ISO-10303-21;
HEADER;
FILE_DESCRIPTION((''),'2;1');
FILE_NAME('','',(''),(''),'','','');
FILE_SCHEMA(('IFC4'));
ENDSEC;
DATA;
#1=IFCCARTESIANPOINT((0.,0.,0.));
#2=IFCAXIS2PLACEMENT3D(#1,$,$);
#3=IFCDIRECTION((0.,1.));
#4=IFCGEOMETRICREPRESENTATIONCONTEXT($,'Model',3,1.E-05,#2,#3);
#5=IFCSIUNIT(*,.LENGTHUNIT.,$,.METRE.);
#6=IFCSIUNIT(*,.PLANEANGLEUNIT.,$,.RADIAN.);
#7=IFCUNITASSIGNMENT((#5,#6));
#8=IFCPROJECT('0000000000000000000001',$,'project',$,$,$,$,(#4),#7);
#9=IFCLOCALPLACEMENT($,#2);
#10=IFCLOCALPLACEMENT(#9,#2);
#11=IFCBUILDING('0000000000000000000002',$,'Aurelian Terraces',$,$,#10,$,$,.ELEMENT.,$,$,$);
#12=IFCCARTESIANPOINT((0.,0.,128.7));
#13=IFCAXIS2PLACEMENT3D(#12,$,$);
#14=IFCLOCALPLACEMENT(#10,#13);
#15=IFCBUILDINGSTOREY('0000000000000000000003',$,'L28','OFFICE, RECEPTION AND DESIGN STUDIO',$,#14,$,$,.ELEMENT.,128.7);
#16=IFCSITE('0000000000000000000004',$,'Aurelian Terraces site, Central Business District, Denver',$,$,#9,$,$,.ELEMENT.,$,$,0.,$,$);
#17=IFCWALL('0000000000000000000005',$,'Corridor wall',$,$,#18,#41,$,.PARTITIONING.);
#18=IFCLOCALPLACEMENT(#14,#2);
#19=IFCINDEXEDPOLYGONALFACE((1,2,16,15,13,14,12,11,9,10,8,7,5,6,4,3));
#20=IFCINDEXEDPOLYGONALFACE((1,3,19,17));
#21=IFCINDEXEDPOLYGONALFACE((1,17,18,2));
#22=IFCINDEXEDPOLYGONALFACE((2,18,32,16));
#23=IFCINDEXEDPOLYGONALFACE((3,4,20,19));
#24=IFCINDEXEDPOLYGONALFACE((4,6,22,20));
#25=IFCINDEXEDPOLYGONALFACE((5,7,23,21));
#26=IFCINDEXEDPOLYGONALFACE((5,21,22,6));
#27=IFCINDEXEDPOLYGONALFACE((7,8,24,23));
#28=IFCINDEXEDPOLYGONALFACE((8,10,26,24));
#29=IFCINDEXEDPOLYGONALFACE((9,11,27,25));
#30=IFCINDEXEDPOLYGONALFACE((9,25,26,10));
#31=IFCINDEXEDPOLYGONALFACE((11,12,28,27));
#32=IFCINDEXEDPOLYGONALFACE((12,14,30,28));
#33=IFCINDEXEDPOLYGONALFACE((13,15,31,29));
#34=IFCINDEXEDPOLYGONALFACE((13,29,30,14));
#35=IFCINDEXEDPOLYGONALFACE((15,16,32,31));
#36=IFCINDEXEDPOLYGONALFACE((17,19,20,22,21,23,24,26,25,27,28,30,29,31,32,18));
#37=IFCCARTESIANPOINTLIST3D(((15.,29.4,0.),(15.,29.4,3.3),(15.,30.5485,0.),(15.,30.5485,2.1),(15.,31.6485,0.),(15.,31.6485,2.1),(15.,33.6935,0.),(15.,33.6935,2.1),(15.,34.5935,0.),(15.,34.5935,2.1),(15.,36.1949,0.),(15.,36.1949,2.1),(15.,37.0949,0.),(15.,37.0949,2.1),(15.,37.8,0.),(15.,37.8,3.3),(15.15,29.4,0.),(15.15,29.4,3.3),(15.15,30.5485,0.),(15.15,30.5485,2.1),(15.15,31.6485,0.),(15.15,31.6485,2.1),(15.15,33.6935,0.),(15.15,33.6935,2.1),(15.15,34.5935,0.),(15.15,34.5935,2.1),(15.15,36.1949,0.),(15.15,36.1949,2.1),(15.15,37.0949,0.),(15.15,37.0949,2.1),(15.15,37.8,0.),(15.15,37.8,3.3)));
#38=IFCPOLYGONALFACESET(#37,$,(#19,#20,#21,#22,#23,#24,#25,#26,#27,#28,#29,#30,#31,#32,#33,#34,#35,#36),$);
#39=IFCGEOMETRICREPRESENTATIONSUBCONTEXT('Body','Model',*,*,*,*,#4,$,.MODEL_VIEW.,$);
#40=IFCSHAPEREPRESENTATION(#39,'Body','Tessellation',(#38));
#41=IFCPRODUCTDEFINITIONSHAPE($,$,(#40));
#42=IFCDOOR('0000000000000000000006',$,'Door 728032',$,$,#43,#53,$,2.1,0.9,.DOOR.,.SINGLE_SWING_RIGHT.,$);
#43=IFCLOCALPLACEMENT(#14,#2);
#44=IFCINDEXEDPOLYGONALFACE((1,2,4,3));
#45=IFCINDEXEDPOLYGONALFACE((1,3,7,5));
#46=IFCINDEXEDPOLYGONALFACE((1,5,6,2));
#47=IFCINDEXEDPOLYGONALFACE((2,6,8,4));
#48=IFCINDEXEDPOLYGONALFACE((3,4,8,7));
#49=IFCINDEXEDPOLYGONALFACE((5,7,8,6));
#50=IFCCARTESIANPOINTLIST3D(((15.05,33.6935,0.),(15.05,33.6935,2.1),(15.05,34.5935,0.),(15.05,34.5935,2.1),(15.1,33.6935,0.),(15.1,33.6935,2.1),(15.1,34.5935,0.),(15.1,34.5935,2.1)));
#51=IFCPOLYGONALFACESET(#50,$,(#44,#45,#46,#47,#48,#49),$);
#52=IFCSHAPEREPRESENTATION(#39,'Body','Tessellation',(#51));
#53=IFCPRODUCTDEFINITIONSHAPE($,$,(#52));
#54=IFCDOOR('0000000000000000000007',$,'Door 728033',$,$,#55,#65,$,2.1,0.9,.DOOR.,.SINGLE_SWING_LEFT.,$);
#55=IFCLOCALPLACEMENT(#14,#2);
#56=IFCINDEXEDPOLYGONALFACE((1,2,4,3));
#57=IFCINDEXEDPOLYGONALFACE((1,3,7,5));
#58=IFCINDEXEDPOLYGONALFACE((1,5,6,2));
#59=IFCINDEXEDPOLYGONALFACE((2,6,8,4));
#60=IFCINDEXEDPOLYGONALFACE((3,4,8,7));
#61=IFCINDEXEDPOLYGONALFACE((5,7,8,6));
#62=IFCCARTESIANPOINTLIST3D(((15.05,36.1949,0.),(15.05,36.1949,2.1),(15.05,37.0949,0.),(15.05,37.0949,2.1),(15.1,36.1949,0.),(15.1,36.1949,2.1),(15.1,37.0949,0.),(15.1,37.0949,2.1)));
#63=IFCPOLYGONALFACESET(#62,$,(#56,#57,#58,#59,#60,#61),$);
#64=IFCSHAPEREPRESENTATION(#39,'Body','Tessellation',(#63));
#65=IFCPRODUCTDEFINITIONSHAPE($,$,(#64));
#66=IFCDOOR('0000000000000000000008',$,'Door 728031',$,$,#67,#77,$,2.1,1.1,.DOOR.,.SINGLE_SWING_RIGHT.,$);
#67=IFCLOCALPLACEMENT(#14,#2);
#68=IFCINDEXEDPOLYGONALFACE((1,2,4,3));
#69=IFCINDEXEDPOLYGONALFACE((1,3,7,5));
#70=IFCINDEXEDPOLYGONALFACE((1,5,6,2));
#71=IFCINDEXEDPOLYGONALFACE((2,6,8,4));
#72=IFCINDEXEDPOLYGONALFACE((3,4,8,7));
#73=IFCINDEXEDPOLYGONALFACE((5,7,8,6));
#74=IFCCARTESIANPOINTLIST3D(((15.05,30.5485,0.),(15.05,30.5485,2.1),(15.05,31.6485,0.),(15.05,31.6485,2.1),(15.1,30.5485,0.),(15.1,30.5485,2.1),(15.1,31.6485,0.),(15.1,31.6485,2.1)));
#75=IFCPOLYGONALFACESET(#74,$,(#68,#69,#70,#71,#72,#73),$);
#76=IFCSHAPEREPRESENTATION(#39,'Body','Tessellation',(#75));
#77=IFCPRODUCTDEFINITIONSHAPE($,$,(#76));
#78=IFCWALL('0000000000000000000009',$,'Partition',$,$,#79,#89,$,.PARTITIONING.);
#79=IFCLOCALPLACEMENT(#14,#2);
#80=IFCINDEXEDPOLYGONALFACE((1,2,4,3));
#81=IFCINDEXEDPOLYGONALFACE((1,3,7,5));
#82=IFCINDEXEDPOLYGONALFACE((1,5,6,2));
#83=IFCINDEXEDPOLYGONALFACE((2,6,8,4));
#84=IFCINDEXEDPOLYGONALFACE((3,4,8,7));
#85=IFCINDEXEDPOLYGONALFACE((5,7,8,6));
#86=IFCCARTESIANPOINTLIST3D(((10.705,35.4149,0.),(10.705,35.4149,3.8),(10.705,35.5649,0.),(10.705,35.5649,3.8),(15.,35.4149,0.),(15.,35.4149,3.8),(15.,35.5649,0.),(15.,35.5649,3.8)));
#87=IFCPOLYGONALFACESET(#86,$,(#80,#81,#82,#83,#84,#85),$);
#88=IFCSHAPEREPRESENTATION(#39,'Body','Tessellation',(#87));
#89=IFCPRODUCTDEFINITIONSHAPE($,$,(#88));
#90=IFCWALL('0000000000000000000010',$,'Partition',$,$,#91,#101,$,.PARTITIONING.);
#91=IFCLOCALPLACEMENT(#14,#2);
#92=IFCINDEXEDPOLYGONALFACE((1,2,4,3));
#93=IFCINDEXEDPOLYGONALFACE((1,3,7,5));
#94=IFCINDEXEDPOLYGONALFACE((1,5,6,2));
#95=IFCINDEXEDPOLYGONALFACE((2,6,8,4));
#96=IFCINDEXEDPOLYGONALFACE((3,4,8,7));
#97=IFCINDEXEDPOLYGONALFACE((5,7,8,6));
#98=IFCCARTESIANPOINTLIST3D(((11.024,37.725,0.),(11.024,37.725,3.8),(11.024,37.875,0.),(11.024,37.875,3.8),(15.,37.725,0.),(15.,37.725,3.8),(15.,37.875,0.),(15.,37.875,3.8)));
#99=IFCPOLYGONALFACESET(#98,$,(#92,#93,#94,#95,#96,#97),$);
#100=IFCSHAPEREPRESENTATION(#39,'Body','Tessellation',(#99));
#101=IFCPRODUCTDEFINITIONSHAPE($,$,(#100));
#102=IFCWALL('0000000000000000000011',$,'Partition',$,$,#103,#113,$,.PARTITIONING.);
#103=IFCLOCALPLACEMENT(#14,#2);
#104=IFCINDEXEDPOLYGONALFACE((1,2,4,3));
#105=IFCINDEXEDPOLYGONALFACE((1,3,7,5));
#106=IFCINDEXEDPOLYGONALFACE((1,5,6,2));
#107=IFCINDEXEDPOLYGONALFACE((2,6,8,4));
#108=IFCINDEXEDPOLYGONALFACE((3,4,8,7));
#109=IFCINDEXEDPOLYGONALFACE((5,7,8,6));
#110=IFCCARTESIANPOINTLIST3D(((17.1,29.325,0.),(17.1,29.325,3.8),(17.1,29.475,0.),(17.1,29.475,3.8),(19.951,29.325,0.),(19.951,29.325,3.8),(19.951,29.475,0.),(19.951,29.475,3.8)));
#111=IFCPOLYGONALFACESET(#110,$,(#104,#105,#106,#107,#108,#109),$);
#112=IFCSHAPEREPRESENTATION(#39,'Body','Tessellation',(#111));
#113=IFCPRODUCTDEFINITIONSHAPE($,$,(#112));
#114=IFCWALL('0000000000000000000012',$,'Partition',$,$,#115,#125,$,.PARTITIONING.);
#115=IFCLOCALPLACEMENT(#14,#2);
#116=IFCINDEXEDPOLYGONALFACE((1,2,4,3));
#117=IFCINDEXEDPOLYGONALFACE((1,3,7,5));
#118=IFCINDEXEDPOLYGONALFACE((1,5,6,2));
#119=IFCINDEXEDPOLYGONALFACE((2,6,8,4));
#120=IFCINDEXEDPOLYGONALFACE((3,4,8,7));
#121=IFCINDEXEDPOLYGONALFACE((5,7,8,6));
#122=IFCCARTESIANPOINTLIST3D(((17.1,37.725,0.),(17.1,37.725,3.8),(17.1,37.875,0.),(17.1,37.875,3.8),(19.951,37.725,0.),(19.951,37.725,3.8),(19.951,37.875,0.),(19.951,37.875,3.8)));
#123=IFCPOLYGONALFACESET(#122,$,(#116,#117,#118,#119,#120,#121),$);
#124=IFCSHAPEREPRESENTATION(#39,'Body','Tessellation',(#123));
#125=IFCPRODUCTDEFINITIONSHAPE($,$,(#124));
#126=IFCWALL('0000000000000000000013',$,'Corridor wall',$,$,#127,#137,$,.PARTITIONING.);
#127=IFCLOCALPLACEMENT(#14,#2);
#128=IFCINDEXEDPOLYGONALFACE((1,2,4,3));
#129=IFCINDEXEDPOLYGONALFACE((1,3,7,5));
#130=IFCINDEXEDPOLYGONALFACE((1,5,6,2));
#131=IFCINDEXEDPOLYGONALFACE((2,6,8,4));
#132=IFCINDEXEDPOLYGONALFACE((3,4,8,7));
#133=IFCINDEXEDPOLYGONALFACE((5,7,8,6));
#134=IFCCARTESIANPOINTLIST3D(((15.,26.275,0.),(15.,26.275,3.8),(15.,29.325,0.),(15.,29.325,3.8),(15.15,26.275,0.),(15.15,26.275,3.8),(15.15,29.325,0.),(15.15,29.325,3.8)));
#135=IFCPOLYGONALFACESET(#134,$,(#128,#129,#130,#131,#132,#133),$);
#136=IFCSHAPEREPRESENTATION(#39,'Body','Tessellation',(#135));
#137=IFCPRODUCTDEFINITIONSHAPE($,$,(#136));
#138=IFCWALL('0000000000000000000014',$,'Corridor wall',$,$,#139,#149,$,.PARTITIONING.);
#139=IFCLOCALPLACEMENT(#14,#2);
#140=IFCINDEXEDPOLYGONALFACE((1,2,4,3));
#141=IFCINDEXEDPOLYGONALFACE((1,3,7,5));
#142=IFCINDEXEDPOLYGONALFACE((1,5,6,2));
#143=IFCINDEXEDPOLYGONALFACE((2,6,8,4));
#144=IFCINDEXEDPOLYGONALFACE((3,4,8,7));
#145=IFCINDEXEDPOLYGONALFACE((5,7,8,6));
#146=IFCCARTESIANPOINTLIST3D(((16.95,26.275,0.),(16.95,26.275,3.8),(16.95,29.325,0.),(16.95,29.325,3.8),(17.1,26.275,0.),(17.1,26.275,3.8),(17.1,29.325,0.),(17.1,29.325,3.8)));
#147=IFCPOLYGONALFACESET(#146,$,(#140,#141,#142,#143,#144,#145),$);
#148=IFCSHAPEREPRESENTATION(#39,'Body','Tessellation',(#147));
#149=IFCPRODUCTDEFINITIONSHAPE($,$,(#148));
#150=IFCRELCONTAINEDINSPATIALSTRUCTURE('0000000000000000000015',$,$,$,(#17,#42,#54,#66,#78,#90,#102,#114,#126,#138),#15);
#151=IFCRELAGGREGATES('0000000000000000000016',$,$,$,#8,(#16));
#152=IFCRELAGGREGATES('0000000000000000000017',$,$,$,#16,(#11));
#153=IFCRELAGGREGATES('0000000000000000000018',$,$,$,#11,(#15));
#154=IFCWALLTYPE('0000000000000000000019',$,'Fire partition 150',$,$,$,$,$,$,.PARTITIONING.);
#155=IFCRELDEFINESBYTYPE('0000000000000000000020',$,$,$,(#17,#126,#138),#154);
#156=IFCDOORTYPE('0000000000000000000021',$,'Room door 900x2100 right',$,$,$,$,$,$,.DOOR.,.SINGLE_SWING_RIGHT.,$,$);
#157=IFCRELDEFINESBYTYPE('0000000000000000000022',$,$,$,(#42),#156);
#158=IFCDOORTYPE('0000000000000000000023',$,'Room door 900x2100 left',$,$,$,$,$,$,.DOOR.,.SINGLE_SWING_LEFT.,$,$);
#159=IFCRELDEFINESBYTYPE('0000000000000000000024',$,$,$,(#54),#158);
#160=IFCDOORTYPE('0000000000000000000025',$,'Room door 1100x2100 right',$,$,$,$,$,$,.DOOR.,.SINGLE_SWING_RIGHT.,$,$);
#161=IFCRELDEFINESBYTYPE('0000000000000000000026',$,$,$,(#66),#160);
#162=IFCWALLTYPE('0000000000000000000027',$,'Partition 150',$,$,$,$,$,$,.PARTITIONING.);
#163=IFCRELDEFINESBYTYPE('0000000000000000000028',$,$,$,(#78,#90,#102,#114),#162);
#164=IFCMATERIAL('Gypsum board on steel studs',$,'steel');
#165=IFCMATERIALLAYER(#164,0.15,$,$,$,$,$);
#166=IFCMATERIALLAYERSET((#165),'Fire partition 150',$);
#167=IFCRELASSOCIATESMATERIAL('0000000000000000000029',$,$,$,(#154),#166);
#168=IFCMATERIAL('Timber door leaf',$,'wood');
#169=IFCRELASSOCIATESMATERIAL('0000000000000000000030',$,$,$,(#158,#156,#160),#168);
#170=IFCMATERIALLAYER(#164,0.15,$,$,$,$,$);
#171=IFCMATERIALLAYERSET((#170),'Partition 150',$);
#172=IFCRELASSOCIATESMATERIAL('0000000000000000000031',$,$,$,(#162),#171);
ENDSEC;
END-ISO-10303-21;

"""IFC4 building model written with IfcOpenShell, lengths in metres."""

from ifc_helpers import new_model, si_unit, direction, frame, frame_2d, origin, place, context, subcontext, project, spatial, rectangle, extrude, source, transform, mapped, material, layer, layer_set, type_object, element, fill, save


model = new_model("IFC4")

# Units and contexts
model_context = context("Model", 3, precision=1e-05, world=origin(), true_north=direction((0.0, 1.0)))
body_context = subcontext(model_context, "Body", "Model", "MODEL_VIEW")
ifc_project = project(units=[si_unit("LENGTHUNIT", "METRE"), si_unit("PLANEANGLEUNIT", "RADIAN")], contexts=[model_context])

# Site, building, storey
site_placement = place(None, origin())
site = spatial("IfcSite", under=ifc_project, at=site_placement, Name="Aurelian Terraces site, Central Business District, Denver", CompositionType="ELEMENT", RefElevation=0.0)
building_placement = place(site_placement, origin())
building = spatial("IfcBuilding", under=site, at=building_placement, Name="Aurelian Terraces", CompositionType="ELEMENT")
storey_placement = place(building_placement, frame((0.0, 0.0, 128.7)))
storey = spatial("IfcBuildingStorey", under=building, at=storey_placement, Name="L28", Description="OFFICE, RECEPTION AND DESIGN STUDIO", CompositionType="ELEMENT", Elevation=128.7)

# Shared definitions
ifc_material_1 = material(Name="Gypsum board on steel studs", Category="steel")
ifc_layer_1 = layer(ifc_material_1, 0.15)
ifc_layer_set_1 = layer_set([ifc_layer_1], Name="Fire partition 150")
wall_type_1 = type_object("IfcWallType", Name="Fire partition 150", PredefinedType="PARTITIONING", material=ifc_layer_set_1)
shared_shape_1 = source(origin(), body_context, "Body", "SweptSolid", [
    extrude(rectangle(XDim=0.9, YDim=2.1, at=frame_2d((0.45, 1.05))), frame((0.0, 0.085, 0.0), z_axis=(0.0, -1.0, 0.0), x_axis=(1.0, 0.0, 0.0)), (0.0, 0.0, 1.0), 0.17),
])
ifc_material_2 = material(Name="Timber door leaf", Category="wood")
door_type_1 = type_object("IfcDoorType", Name="Room door 900x2100 left", OperationType="SINGLE_SWING_LEFT", PredefinedType="DOOR", material=ifc_material_2)
shared_shape_2 = source(origin(), body_context, "Body", "SweptSolid", [
    extrude(rectangle(XDim=0.9, YDim=2.1, at=frame_2d((0.45, 1.05))), frame((0.0, 0.025, 0.0), z_axis=(0.0, -1.0, 0.0), x_axis=(1.0, 0.0, 0.0)), (0.0, 0.0, 1.0), 0.05),
])
ifc_layer_2 = layer(ifc_material_1, 0.15)
ifc_layer_set_2 = layer_set([ifc_layer_2], Name="Partition 150")
wall_type_2 = type_object("IfcWallType", Name="Partition 150", PredefinedType="PARTITIONING", material=ifc_layer_set_2)
door_type_2 = type_object("IfcDoorType", Name="Room door 900x2100 right", OperationType="SINGLE_SWING_RIGHT", PredefinedType="DOOR", material=ifc_material_2)

# Wall, openings, doors
shared_shape_3 = source(origin(), body_context, "Body", "SweptSolid", [
    extrude(rectangle(XDim=8.4, YDim=0.15, at=frame_2d((4.2, 0.0))), origin(), (0.0, 0.0, 1.0), 3.3),
])
wall_1_placement = place(storey_placement, frame((15.075, 29.4, 0.0), z_axis=(0.0, 0.0, 1.0), x_axis=(0.0, 1.0, 0.0)))
wall_1 = element("IfcWall", 1, at=wall_1_placement, inside=storey, type_object=wall_type_1, Name="Corridor wall", PredefinedType="PARTITIONING", context=body_context, shape_type="MappedRepresentation", body=[
    mapped(shared_shape_3, transform((0.0, 0.0, 0.0), scale=1.0)),
])
shared_shape_4 = source(origin(), body_context, "Body", "SweptSolid", [
    extrude(rectangle(XDim=1.1, YDim=2.1, at=frame_2d((0.55, 1.05))), frame((0.0, 0.085, 0.0), z_axis=(0.0, -1.0, 0.0), x_axis=(1.0, 0.0, 0.0)), (0.0, 0.0, 1.0), 0.17),
])
opening_1_placement = place(wall_1_placement, frame((1.1485, 0.0, 0.0)))
opening_1 = element("IfcOpeningElement", 2, at=opening_1_placement, cuts=wall_1, PredefinedType="OPENING", context=body_context, shape_type="MappedRepresentation", body=[
    mapped(shared_shape_4, transform((0.0, 0.0, 0.0), scale=1.0)),
])
opening_2_placement = place(wall_1_placement, frame((4.2935, 0.0, 0.0)))
opening_2 = element("IfcOpeningElement", 3, at=opening_2_placement, cuts=wall_1, PredefinedType="OPENING", context=body_context, shape_type="MappedRepresentation", body=[
    mapped(shared_shape_1, transform((0.0, 0.0, 0.0), scale=1.0)),
])
opening_3_placement = place(wall_1_placement, frame((6.7949, 0.0, 0.0)))
opening_3 = element("IfcOpeningElement", 4, at=opening_3_placement, cuts=wall_1, PredefinedType="OPENING", context=body_context, shape_type="MappedRepresentation", body=[
    mapped(shared_shape_1, transform((0.0, 0.0, 0.0), scale=1.0)),
])
door_1_placement = place(opening_2_placement, origin())
door_1 = element("IfcDoor", 5, at=door_1_placement, inside=storey, type_object=door_type_2, Name="Door 728032", OperationType="SINGLE_SWING_RIGHT", OverallHeight=2.1, OverallWidth=0.9, PredefinedType="DOOR", context=body_context, shape_type="MappedRepresentation", body=[
    mapped(shared_shape_2, transform((0.0, 0.0, 0.0), scale=1.0)),
])
fill(opening_2, door_1)
door_2_placement = place(opening_3_placement, origin())
door_2 = element("IfcDoor", 6, at=door_2_placement, inside=storey, type_object=door_type_1, Name="Door 728033", OperationType="SINGLE_SWING_LEFT", OverallHeight=2.1, OverallWidth=0.9, PredefinedType="DOOR", context=body_context, shape_type="MappedRepresentation", body=[
    mapped(shared_shape_2, transform((0.0, 0.0, 0.0), scale=1.0)),
])
fill(opening_3, door_2)
door_type_3 = type_object("IfcDoorType", Name="Room door 1100x2100 right", OperationType="SINGLE_SWING_RIGHT", PredefinedType="DOOR", material=ifc_material_2)
shared_shape_5 = source(origin(), body_context, "Body", "SweptSolid", [
    extrude(rectangle(XDim=1.1, YDim=2.1, at=frame_2d((0.55, 1.05))), frame((0.0, 0.025, 0.0), z_axis=(0.0, -1.0, 0.0), x_axis=(1.0, 0.0, 0.0)), (0.0, 0.0, 1.0), 0.05),
])
door_3_placement = place(opening_1_placement, origin())
door_3 = element("IfcDoor", 7, at=door_3_placement, inside=storey, type_object=door_type_3, Name="Door 728031", OperationType="SINGLE_SWING_RIGHT", OverallHeight=2.1, OverallWidth=1.1, PredefinedType="DOOR", context=body_context, shape_type="MappedRepresentation", body=[
    mapped(shared_shape_5, transform((0.0, 0.0, 0.0), scale=1.0)),
])
fill(opening_1, door_3)

# Walls
shared_shape_6 = source(origin(), body_context, "Body", "SweptSolid", [
    extrude(rectangle(XDim=4.295, YDim=0.15, at=frame_2d((2.1475, 0.0))), origin(), (0.0, 0.0, 1.0), 3.8),
])
wall_2_placement = place(storey_placement, frame((15.0, 35.4899, 0.0), z_axis=(0.0, 0.0, 1.0), x_axis=(-1.0, 0.0, 0.0)))
element("IfcWall", 8, at=wall_2_placement, inside=storey, type_object=wall_type_2, Name="Partition", PredefinedType="PARTITIONING", context=body_context, shape_type="MappedRepresentation", body=[
    mapped(shared_shape_6, transform((0.0, 0.0, 0.0), scale=1.0)),
])
shared_shape_7 = source(origin(), body_context, "Body", "SweptSolid", [
    extrude(rectangle(XDim=3.976, YDim=0.15, at=frame_2d((1.988, 0.0))), origin(), (0.0, 0.0, 1.0), 3.8),
])
wall_3_placement = place(storey_placement, frame((15.0, 37.8, 0.0), z_axis=(0.0, 0.0, 1.0), x_axis=(-1.0, 0.0, 0.0)))
element("IfcWall", 9, at=wall_3_placement, inside=storey, type_object=wall_type_2, Name="Partition", PredefinedType="PARTITIONING", context=body_context, shape_type="MappedRepresentation", body=[
    mapped(shared_shape_7, transform((0.0, 0.0, 0.0), scale=1.0)),
])
shared_shape_8 = source(origin(), body_context, "Body", "SweptSolid", [
    extrude(rectangle(XDim=2.851, YDim=0.15, at=frame_2d((1.4255, 0.0))), origin(), (0.0, 0.0, 1.0), 3.8),
])
for number, where, z_axis, x_axis, name in (
    (10, (19.951, 29.4, 0.0), (0.0, 0.0, 1.0), (-1.0, 0.0, 0.0), "Partition"),
    (11, (19.951, 37.8, 0.0), (0.0, 0.0, 1.0), (-1.0, 0.0, 0.0), "Partition"),
):
    element("IfcWall", number, at=place(storey_placement, frame(where, z_axis=z_axis, x_axis=x_axis)), inside=storey, type_object=wall_type_2, Name=name, PredefinedType="PARTITIONING", context=body_context, shape_type="MappedRepresentation", body=[
        mapped(shared_shape_8, transform((0.0, 0.0, 0.0), scale=1.0)),
    ])
shared_shape_9 = source(origin(), body_context, "Body", "SweptSolid", [
    extrude(rectangle(XDim=3.05, YDim=0.15, at=frame_2d((1.525, 0.0))), origin(), (0.0, 0.0, 1.0), 3.8),
])
for number, where, z_axis, x_axis, name in (
    (12, (15.075, 26.275, 0.0), (0.0, 0.0, 1.0), (0.0, 1.0, 0.0), "Corridor wall"),
    (13, (17.025, 29.325, 0.0), (0.0, 0.0, 1.0), (0.0, -1.0, 0.0), "Corridor wall"),
):
    element("IfcWall", number, at=place(storey_placement, frame(where, z_axis=z_axis, x_axis=x_axis)), inside=storey, type_object=wall_type_1, Name=name, PredefinedType="PARTITIONING", context=body_context, shape_type="MappedRepresentation", body=[
        mapped(shared_shape_9, transform((0.0, 0.0, 0.0), scale=1.0)),
    ])

save(model, "model.ifc")
